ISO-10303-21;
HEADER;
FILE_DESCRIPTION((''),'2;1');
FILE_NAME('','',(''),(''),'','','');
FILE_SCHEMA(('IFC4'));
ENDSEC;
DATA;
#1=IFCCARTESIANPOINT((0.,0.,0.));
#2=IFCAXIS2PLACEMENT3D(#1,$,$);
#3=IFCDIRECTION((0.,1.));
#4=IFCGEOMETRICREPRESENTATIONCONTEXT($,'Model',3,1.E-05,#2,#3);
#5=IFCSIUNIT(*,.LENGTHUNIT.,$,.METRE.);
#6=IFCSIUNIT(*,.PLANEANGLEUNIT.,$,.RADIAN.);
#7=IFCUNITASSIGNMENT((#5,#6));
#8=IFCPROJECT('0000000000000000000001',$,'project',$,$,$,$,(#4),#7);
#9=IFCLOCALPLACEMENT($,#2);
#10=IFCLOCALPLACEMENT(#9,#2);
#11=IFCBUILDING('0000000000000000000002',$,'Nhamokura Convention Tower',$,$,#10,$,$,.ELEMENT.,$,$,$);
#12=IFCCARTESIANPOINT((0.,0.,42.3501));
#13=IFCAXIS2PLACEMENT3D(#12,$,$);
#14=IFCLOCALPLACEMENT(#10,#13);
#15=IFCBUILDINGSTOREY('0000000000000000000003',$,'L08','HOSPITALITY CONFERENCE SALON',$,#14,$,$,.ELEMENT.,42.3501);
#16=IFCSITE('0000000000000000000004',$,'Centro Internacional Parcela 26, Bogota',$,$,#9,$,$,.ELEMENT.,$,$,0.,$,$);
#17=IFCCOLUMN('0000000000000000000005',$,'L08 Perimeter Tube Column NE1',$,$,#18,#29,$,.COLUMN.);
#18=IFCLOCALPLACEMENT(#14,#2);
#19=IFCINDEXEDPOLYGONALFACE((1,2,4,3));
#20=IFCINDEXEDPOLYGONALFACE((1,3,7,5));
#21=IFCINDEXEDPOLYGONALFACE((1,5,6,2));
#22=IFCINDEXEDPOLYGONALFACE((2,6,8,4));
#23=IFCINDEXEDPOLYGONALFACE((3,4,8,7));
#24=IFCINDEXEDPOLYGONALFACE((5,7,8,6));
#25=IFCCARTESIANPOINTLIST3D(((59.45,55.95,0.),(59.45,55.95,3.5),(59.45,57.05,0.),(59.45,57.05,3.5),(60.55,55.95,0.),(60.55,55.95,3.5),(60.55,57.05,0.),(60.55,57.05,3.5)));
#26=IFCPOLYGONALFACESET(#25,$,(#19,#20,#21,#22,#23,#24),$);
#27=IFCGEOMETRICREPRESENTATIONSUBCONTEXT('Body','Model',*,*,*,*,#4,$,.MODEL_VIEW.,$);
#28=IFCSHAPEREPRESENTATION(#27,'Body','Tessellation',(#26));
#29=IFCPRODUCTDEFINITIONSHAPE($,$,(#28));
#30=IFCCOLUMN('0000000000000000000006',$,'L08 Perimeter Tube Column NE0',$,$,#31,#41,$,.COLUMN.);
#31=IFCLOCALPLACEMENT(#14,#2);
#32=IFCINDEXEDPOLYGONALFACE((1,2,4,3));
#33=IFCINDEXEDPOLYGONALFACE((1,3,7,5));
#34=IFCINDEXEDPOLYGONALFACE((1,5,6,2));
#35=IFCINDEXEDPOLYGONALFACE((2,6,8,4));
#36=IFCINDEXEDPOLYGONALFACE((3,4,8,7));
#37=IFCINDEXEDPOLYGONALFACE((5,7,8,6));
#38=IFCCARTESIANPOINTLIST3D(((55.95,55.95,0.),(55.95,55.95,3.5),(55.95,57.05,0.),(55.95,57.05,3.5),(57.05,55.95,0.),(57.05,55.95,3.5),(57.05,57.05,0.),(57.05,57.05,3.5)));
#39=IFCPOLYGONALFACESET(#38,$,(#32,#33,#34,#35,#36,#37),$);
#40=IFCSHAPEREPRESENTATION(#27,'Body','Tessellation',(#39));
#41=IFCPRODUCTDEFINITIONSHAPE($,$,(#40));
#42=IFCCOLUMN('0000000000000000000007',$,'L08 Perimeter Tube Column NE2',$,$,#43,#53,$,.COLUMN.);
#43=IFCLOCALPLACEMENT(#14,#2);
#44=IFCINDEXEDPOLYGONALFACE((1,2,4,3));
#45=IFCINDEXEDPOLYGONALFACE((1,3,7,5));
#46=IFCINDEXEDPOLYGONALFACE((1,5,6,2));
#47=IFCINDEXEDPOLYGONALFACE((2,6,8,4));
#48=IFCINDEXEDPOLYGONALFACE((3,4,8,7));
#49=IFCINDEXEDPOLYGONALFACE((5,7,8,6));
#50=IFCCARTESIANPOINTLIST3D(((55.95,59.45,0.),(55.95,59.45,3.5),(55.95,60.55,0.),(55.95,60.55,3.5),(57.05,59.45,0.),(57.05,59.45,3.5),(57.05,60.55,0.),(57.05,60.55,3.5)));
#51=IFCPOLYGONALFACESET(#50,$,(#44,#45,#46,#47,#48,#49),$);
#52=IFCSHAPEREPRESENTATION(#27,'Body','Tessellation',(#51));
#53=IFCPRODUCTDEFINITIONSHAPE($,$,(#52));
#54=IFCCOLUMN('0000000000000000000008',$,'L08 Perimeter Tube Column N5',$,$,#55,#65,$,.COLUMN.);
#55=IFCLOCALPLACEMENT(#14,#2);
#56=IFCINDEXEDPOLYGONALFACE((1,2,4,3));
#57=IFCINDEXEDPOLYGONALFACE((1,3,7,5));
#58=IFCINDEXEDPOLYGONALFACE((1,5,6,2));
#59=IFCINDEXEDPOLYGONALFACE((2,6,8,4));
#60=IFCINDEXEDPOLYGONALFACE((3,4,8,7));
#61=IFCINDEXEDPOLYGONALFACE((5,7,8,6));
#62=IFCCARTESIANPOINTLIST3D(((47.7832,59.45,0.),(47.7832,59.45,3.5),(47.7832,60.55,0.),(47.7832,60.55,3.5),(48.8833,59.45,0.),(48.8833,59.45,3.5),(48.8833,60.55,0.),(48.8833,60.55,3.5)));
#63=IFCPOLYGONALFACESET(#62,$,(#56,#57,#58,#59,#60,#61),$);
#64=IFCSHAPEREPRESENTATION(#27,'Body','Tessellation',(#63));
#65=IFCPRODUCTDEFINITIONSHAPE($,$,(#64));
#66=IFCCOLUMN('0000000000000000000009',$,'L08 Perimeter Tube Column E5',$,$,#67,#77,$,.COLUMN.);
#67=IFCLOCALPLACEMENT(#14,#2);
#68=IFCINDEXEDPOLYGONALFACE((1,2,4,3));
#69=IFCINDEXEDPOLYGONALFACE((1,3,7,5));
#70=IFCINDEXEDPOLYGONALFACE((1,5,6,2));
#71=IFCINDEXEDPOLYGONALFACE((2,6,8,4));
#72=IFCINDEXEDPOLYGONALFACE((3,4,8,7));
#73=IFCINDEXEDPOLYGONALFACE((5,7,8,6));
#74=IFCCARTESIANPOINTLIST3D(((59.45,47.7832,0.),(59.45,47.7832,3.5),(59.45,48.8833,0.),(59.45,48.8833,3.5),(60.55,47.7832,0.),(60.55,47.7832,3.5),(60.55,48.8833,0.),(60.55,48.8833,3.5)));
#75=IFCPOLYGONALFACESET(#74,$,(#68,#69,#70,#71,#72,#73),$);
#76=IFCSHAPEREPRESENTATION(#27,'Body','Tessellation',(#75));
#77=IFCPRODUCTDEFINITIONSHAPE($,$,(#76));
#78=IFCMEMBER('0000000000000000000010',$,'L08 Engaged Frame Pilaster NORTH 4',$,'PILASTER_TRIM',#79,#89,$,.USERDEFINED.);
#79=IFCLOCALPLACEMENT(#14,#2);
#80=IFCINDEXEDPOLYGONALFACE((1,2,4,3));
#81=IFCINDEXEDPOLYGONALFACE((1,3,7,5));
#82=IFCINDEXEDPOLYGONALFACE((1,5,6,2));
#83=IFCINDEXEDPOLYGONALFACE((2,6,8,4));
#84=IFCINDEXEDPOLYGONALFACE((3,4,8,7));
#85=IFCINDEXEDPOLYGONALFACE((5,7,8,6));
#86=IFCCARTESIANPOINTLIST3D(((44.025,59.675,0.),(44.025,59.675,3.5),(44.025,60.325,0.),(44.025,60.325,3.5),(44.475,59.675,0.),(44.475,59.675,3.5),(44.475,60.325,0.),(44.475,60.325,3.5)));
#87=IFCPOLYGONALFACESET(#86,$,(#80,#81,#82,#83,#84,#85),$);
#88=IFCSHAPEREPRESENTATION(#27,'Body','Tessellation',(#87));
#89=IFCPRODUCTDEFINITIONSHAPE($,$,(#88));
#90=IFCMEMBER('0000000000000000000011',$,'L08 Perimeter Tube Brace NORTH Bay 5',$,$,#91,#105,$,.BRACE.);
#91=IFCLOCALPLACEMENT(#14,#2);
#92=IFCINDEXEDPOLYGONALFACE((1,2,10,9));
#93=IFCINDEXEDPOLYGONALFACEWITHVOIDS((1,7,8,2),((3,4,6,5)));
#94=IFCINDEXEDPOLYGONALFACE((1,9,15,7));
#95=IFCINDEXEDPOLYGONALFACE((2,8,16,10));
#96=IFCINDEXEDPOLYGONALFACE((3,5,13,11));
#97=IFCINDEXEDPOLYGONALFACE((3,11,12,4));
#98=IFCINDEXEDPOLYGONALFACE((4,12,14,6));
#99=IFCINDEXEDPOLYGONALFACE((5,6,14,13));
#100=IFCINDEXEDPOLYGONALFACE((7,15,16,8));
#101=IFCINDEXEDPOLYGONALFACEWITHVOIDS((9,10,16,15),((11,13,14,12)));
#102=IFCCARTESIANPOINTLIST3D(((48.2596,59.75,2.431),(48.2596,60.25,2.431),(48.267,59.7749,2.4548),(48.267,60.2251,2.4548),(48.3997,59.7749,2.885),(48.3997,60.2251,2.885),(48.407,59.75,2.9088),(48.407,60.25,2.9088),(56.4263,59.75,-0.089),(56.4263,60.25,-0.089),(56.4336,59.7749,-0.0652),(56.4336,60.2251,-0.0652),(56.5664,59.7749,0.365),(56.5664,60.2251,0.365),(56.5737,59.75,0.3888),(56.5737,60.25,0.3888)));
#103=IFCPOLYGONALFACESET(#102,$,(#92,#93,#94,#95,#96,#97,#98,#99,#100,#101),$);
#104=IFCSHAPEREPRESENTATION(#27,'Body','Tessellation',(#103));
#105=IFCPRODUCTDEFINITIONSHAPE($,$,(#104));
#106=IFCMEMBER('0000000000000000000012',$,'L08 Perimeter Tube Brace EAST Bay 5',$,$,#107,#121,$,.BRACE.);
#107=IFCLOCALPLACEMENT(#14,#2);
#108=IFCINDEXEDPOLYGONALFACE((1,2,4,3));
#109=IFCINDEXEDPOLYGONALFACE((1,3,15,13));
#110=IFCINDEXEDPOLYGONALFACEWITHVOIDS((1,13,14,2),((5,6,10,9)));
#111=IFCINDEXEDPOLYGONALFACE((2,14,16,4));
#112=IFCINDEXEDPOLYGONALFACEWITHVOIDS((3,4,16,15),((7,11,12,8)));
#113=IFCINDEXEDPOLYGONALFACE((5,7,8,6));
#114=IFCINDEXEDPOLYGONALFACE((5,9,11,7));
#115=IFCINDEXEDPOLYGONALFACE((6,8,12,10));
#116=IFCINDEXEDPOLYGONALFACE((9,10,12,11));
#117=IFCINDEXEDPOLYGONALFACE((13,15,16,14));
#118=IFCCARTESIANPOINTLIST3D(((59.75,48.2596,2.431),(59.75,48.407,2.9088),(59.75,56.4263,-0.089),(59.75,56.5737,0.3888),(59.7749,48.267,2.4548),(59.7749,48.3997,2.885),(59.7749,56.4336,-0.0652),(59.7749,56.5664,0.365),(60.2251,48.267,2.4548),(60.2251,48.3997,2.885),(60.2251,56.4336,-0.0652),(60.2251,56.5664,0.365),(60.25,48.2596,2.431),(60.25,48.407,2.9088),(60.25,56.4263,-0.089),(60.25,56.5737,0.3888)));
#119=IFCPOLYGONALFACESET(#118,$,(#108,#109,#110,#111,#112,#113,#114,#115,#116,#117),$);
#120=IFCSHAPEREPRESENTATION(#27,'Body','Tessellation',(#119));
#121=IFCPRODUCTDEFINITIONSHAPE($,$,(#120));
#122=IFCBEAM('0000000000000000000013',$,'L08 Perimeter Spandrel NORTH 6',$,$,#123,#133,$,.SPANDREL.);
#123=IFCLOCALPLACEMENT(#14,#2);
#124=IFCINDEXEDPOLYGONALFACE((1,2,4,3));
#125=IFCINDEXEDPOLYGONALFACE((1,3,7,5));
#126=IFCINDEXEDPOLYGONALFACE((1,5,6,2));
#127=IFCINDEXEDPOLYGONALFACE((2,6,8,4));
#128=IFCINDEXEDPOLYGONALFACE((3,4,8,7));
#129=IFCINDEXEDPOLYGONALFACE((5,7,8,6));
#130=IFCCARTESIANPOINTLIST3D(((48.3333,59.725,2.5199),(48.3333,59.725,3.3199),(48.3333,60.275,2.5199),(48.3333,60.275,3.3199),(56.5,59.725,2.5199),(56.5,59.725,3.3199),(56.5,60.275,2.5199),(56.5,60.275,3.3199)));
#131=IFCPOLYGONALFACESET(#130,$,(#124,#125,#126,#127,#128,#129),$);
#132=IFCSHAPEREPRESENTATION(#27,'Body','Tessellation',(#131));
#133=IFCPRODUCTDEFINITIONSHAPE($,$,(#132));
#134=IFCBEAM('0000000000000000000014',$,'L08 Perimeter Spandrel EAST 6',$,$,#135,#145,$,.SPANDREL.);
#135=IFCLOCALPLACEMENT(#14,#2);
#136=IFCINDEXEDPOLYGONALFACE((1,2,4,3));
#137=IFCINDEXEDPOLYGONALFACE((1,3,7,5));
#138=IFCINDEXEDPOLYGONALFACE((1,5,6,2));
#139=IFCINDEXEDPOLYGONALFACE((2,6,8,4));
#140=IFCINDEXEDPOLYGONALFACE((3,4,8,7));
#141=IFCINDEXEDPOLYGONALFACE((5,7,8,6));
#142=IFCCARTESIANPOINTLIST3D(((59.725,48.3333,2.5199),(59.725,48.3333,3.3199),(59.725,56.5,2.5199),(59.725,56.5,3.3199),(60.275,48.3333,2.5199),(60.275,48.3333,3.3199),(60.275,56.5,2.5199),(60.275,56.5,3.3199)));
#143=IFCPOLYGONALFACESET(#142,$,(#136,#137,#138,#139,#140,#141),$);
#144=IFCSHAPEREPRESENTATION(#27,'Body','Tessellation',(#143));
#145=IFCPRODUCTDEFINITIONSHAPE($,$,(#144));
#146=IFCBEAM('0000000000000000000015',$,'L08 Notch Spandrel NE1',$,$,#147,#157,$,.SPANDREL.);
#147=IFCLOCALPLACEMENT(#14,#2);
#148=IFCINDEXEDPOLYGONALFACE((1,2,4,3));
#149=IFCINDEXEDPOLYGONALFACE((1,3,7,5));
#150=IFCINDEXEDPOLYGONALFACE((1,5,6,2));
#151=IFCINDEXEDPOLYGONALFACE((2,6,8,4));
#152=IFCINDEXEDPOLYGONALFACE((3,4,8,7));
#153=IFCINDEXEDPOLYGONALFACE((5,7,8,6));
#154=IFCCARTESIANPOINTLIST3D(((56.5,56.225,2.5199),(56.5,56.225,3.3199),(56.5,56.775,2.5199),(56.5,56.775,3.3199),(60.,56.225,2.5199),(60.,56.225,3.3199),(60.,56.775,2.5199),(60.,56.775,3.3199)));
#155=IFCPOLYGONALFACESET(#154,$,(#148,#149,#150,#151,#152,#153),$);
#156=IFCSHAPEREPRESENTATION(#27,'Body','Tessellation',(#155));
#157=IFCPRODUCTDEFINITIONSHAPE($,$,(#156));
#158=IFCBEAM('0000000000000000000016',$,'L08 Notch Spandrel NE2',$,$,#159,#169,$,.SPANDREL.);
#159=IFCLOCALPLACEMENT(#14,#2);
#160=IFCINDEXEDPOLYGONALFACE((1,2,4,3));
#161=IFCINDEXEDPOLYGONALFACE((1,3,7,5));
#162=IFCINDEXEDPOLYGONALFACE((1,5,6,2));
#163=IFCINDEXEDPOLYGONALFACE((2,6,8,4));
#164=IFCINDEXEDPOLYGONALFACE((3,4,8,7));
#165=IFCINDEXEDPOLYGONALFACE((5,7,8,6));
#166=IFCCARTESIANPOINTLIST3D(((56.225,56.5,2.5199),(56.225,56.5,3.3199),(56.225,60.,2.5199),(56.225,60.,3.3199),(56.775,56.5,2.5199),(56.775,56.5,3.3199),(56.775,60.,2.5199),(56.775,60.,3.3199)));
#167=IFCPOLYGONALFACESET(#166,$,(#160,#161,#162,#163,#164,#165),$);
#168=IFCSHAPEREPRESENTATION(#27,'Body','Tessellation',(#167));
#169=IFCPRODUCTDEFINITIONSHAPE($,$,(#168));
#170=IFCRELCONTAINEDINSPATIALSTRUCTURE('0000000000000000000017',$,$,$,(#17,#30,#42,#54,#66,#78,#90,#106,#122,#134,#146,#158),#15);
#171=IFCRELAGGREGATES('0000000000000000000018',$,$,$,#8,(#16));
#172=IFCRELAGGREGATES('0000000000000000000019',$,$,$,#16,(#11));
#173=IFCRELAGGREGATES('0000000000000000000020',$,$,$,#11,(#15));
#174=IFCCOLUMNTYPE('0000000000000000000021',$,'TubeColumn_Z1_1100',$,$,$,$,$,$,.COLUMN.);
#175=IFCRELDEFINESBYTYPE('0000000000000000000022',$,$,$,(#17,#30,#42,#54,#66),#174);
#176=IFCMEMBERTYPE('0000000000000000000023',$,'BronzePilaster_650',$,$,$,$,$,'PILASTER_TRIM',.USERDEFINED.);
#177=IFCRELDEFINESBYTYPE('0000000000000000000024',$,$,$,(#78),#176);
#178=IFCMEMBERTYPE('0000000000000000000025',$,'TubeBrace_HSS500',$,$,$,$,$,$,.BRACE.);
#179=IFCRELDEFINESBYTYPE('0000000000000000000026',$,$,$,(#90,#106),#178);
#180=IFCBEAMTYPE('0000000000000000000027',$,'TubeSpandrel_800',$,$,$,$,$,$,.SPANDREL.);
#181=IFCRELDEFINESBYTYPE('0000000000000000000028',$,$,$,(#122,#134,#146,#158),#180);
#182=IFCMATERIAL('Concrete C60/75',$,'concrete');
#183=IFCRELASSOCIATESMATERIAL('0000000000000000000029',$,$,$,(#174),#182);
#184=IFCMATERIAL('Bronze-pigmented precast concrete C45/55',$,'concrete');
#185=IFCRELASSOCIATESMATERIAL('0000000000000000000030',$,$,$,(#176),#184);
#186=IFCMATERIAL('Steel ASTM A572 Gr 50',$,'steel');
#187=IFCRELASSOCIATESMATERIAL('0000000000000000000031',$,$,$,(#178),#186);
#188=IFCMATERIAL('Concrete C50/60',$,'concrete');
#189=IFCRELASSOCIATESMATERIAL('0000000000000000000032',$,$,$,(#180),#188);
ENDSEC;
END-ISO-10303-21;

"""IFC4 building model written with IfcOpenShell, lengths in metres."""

from ifc_helpers import new_model, si_unit, direction, frame, origin, origin_2d, place, context, subcontext, project, spatial, rectangle, hollow_rectangle, extrude, material, material_profile, profile_set, type_object, element, save


model = new_model("IFC4")

# Units and contexts
model_context = context("Model", 3, precision=1e-05, world=origin(), true_north=direction((0.0, 1.0)))
body_context = subcontext(model_context, "Body", "Model", "MODEL_VIEW")
ifc_project = project(units=[si_unit("LENGTHUNIT", "METRE"), si_unit("PLANEANGLEUNIT", "RADIAN")], contexts=[model_context])

# Site, building, storey
site_placement = place(None, origin())
site = spatial("IfcSite", under=ifc_project, at=site_placement, Name="Centro Internacional Parcela 26, Bogota", CompositionType="ELEMENT", RefElevation=0.0)
building_placement = place(site_placement, origin())
building = spatial("IfcBuilding", under=site, at=building_placement, Name="Nhamokura Convention Tower", CompositionType="ELEMENT")
storey_placement = place(building_placement, frame((0.0, 0.0, 42.3501)))
storey = spatial("IfcBuildingStorey", under=building, at=storey_placement, Name="L08", Description="HOSPITALITY CONFERENCE SALON", CompositionType="ELEMENT", Elevation=42.3501)

# Columns
ifc_material_1 = material(Name="Concrete C60/75", Category="concrete")
ifc_material_profile_1 = material_profile(ifc_material_1, rectangle(XDim=1.1001, YDim=1.1001, at=origin_2d()))
ifc_profile_set_1 = profile_set([ifc_material_profile_1], Name="Concrete C60/75")
column_type = type_object("IfcColumnType", Name="TubeColumn_Z1_1100", PredefinedType="COLUMN", material=ifc_profile_set_1)
for number, where, z_axis, x_axis, name in (
    (1, (60.0, 56.5, 0.0), (0.0, 0.0, 1.0), (1.0, 0.0, 0.0), "L08 Perimeter Tube Column NE1"),
    (2, (56.5, 56.5, 0.0), (0.0, 0.0, 1.0), (1.0, 0.0, 0.0), "L08 Perimeter Tube Column NE0"),
    (3, (56.5, 60.0, 0.0), (0.0, 0.0, 1.0), (1.0, 0.0, 0.0), "L08 Perimeter Tube Column NE2"),
    (4, (48.3333, 60.0, 0.0), (0.0, 0.0, 1.0), (1.0, 0.0, 0.0), "L08 Perimeter Tube Column N5"),
    (5, (60.0, 48.3333, 0.0), (0.0, 0.0, 1.0), (1.0, 0.0, 0.0), "L08 Perimeter Tube Column E5"),
):
    element("IfcColumn", number, at=place(storey_placement, frame(where, z_axis=z_axis, x_axis=x_axis)), inside=storey, type_object=column_type, Name=name, PredefinedType="COLUMN", context=body_context, shape_type="SweptSolid", body=[
        extrude(rectangle(XDim=1.1001, YDim=1.1001, at=origin_2d()), origin(), (0.0, 0.0, 1.0), 3.5),
    ])

# Members
ifc_material_2 = material(Name="Bronze-pigmented precast concrete C45/55", Category="concrete")
ifc_material_profile_2 = material_profile(ifc_material_2, rectangle(XDim=0.45, YDim=0.6499, at=origin_2d()))
ifc_profile_set_2 = profile_set([ifc_material_profile_2], Name="Bronze-pigmented precast concrete C45/55")
member_type_1 = type_object("IfcMemberType", Name="BronzePilaster_650", ElementType="PILASTER_TRIM", PredefinedType="USERDEFINED", material=ifc_profile_set_2)
member_placement = place(storey_placement, frame((44.25, 60.0, 0.0), z_axis=(0.0, 0.0, 1.0), x_axis=(1.0, 0.0, 0.0)))
element("IfcMember", 6, at=member_placement, inside=storey, type_object=member_type_1, Name="L08 Engaged Frame Pilaster NORTH 4", ObjectType="PILASTER_TRIM", PredefinedType="USERDEFINED", context=body_context, shape_type="SweptSolid", body=[
    extrude(rectangle(XDim=0.45, YDim=0.6499, at=origin_2d()), origin(), (0.0, 0.0, 1.0), 3.5),
])
ifc_material_3 = material(Name="Steel ASTM A572 Gr 50", Category="steel")
ifc_material_profile_3 = material_profile(ifc_material_3, hollow_rectangle(XDim=0.5, YDim=0.5, WallThickness=0.0249, at=origin_2d()))
ifc_profile_set_3 = profile_set([ifc_material_profile_3], Name="Steel ASTM A572 Gr 50")
member_type_2 = type_object("IfcMemberType", Name="TubeBrace_HSS500", PredefinedType="BRACE", material=ifc_profile_set_3)
for number, where, z_axis, x_axis, name in (
    (7, (56.5, 60.0, 0.1499), (-0.955543, 0.0, 0.294853), (0.0, -1.0, 0.0), "L08 Perimeter Tube Brace NORTH Bay 5"),
    (8, (60.0, 56.5, 0.1499), (0.0, -0.955543, 0.294853), (1.0, 0.0, 0.0), "L08 Perimeter Tube Brace EAST Bay 5"),
):
    element("IfcMember", number, at=place(storey_placement, frame(where, z_axis=z_axis, x_axis=x_axis)), inside=storey, type_object=member_type_2, Name=name, PredefinedType="BRACE", context=body_context, shape_type="SweptSolid", body=[
        extrude(hollow_rectangle(XDim=0.5, YDim=0.5, WallThickness=0.0249, at=origin_2d()), origin(), (0.0, 0.0, 1.0), 8.5466),
    ])

# Beams
ifc_material_4 = material(Name="Concrete C50/60", Category="concrete")
ifc_material_profile_4 = material_profile(ifc_material_4, rectangle(XDim=0.55, YDim=0.8, at=origin_2d()))
ifc_profile_set_4 = profile_set([ifc_material_profile_4], Name="Concrete C50/60")
beam_type = type_object("IfcBeamType", Name="TubeSpandrel_800", PredefinedType="SPANDREL", material=ifc_profile_set_4)
for number, where, z_axis, x_axis, name in (
    (9, (48.3333, 60.0, 2.9199), (1.0, 0.0, 0.0), (0.0, 1.0, 0.0), "L08 Perimeter Spandrel NORTH 6"),
    (10, (60.0, 48.3333, 2.9199), (0.0, 1.0, 0.0), (-1.0, 0.0, 0.0), "L08 Perimeter Spandrel EAST 6"),
):
    element("IfcBeam", number, at=place(storey_placement, frame(where, z_axis=z_axis, x_axis=x_axis)), inside=storey, type_object=beam_type, Name=name, PredefinedType="SPANDREL", context=body_context, shape_type="SweptSolid", body=[
        extrude(rectangle(XDim=0.55, YDim=0.8, at=origin_2d()), origin(), (0.0, 0.0, 1.0), 8.1667),
    ])
for number, where, z_axis, x_axis, name in (
    (11, (60.0, 56.5, 2.9199), (-1.0, 0.0, 0.0), (0.0, -1.0, 0.0), "L08 Notch Spandrel NE1"),
    (12, (56.5, 56.5, 2.9199), (0.0, 1.0, 0.0), (-1.0, 0.0, 0.0), "L08 Notch Spandrel NE2"),
):
    element("IfcBeam", number, at=place(storey_placement, frame(where, z_axis=z_axis, x_axis=x_axis)), inside=storey, type_object=beam_type, Name=name, PredefinedType="SPANDREL", context=body_context, shape_type="SweptSolid", body=[
        extrude(rectangle(XDim=0.55, YDim=0.8, at=origin_2d()), origin(), (0.0, 0.0, 1.0), 3.5),
    ])

save(model, "model.ifc")
